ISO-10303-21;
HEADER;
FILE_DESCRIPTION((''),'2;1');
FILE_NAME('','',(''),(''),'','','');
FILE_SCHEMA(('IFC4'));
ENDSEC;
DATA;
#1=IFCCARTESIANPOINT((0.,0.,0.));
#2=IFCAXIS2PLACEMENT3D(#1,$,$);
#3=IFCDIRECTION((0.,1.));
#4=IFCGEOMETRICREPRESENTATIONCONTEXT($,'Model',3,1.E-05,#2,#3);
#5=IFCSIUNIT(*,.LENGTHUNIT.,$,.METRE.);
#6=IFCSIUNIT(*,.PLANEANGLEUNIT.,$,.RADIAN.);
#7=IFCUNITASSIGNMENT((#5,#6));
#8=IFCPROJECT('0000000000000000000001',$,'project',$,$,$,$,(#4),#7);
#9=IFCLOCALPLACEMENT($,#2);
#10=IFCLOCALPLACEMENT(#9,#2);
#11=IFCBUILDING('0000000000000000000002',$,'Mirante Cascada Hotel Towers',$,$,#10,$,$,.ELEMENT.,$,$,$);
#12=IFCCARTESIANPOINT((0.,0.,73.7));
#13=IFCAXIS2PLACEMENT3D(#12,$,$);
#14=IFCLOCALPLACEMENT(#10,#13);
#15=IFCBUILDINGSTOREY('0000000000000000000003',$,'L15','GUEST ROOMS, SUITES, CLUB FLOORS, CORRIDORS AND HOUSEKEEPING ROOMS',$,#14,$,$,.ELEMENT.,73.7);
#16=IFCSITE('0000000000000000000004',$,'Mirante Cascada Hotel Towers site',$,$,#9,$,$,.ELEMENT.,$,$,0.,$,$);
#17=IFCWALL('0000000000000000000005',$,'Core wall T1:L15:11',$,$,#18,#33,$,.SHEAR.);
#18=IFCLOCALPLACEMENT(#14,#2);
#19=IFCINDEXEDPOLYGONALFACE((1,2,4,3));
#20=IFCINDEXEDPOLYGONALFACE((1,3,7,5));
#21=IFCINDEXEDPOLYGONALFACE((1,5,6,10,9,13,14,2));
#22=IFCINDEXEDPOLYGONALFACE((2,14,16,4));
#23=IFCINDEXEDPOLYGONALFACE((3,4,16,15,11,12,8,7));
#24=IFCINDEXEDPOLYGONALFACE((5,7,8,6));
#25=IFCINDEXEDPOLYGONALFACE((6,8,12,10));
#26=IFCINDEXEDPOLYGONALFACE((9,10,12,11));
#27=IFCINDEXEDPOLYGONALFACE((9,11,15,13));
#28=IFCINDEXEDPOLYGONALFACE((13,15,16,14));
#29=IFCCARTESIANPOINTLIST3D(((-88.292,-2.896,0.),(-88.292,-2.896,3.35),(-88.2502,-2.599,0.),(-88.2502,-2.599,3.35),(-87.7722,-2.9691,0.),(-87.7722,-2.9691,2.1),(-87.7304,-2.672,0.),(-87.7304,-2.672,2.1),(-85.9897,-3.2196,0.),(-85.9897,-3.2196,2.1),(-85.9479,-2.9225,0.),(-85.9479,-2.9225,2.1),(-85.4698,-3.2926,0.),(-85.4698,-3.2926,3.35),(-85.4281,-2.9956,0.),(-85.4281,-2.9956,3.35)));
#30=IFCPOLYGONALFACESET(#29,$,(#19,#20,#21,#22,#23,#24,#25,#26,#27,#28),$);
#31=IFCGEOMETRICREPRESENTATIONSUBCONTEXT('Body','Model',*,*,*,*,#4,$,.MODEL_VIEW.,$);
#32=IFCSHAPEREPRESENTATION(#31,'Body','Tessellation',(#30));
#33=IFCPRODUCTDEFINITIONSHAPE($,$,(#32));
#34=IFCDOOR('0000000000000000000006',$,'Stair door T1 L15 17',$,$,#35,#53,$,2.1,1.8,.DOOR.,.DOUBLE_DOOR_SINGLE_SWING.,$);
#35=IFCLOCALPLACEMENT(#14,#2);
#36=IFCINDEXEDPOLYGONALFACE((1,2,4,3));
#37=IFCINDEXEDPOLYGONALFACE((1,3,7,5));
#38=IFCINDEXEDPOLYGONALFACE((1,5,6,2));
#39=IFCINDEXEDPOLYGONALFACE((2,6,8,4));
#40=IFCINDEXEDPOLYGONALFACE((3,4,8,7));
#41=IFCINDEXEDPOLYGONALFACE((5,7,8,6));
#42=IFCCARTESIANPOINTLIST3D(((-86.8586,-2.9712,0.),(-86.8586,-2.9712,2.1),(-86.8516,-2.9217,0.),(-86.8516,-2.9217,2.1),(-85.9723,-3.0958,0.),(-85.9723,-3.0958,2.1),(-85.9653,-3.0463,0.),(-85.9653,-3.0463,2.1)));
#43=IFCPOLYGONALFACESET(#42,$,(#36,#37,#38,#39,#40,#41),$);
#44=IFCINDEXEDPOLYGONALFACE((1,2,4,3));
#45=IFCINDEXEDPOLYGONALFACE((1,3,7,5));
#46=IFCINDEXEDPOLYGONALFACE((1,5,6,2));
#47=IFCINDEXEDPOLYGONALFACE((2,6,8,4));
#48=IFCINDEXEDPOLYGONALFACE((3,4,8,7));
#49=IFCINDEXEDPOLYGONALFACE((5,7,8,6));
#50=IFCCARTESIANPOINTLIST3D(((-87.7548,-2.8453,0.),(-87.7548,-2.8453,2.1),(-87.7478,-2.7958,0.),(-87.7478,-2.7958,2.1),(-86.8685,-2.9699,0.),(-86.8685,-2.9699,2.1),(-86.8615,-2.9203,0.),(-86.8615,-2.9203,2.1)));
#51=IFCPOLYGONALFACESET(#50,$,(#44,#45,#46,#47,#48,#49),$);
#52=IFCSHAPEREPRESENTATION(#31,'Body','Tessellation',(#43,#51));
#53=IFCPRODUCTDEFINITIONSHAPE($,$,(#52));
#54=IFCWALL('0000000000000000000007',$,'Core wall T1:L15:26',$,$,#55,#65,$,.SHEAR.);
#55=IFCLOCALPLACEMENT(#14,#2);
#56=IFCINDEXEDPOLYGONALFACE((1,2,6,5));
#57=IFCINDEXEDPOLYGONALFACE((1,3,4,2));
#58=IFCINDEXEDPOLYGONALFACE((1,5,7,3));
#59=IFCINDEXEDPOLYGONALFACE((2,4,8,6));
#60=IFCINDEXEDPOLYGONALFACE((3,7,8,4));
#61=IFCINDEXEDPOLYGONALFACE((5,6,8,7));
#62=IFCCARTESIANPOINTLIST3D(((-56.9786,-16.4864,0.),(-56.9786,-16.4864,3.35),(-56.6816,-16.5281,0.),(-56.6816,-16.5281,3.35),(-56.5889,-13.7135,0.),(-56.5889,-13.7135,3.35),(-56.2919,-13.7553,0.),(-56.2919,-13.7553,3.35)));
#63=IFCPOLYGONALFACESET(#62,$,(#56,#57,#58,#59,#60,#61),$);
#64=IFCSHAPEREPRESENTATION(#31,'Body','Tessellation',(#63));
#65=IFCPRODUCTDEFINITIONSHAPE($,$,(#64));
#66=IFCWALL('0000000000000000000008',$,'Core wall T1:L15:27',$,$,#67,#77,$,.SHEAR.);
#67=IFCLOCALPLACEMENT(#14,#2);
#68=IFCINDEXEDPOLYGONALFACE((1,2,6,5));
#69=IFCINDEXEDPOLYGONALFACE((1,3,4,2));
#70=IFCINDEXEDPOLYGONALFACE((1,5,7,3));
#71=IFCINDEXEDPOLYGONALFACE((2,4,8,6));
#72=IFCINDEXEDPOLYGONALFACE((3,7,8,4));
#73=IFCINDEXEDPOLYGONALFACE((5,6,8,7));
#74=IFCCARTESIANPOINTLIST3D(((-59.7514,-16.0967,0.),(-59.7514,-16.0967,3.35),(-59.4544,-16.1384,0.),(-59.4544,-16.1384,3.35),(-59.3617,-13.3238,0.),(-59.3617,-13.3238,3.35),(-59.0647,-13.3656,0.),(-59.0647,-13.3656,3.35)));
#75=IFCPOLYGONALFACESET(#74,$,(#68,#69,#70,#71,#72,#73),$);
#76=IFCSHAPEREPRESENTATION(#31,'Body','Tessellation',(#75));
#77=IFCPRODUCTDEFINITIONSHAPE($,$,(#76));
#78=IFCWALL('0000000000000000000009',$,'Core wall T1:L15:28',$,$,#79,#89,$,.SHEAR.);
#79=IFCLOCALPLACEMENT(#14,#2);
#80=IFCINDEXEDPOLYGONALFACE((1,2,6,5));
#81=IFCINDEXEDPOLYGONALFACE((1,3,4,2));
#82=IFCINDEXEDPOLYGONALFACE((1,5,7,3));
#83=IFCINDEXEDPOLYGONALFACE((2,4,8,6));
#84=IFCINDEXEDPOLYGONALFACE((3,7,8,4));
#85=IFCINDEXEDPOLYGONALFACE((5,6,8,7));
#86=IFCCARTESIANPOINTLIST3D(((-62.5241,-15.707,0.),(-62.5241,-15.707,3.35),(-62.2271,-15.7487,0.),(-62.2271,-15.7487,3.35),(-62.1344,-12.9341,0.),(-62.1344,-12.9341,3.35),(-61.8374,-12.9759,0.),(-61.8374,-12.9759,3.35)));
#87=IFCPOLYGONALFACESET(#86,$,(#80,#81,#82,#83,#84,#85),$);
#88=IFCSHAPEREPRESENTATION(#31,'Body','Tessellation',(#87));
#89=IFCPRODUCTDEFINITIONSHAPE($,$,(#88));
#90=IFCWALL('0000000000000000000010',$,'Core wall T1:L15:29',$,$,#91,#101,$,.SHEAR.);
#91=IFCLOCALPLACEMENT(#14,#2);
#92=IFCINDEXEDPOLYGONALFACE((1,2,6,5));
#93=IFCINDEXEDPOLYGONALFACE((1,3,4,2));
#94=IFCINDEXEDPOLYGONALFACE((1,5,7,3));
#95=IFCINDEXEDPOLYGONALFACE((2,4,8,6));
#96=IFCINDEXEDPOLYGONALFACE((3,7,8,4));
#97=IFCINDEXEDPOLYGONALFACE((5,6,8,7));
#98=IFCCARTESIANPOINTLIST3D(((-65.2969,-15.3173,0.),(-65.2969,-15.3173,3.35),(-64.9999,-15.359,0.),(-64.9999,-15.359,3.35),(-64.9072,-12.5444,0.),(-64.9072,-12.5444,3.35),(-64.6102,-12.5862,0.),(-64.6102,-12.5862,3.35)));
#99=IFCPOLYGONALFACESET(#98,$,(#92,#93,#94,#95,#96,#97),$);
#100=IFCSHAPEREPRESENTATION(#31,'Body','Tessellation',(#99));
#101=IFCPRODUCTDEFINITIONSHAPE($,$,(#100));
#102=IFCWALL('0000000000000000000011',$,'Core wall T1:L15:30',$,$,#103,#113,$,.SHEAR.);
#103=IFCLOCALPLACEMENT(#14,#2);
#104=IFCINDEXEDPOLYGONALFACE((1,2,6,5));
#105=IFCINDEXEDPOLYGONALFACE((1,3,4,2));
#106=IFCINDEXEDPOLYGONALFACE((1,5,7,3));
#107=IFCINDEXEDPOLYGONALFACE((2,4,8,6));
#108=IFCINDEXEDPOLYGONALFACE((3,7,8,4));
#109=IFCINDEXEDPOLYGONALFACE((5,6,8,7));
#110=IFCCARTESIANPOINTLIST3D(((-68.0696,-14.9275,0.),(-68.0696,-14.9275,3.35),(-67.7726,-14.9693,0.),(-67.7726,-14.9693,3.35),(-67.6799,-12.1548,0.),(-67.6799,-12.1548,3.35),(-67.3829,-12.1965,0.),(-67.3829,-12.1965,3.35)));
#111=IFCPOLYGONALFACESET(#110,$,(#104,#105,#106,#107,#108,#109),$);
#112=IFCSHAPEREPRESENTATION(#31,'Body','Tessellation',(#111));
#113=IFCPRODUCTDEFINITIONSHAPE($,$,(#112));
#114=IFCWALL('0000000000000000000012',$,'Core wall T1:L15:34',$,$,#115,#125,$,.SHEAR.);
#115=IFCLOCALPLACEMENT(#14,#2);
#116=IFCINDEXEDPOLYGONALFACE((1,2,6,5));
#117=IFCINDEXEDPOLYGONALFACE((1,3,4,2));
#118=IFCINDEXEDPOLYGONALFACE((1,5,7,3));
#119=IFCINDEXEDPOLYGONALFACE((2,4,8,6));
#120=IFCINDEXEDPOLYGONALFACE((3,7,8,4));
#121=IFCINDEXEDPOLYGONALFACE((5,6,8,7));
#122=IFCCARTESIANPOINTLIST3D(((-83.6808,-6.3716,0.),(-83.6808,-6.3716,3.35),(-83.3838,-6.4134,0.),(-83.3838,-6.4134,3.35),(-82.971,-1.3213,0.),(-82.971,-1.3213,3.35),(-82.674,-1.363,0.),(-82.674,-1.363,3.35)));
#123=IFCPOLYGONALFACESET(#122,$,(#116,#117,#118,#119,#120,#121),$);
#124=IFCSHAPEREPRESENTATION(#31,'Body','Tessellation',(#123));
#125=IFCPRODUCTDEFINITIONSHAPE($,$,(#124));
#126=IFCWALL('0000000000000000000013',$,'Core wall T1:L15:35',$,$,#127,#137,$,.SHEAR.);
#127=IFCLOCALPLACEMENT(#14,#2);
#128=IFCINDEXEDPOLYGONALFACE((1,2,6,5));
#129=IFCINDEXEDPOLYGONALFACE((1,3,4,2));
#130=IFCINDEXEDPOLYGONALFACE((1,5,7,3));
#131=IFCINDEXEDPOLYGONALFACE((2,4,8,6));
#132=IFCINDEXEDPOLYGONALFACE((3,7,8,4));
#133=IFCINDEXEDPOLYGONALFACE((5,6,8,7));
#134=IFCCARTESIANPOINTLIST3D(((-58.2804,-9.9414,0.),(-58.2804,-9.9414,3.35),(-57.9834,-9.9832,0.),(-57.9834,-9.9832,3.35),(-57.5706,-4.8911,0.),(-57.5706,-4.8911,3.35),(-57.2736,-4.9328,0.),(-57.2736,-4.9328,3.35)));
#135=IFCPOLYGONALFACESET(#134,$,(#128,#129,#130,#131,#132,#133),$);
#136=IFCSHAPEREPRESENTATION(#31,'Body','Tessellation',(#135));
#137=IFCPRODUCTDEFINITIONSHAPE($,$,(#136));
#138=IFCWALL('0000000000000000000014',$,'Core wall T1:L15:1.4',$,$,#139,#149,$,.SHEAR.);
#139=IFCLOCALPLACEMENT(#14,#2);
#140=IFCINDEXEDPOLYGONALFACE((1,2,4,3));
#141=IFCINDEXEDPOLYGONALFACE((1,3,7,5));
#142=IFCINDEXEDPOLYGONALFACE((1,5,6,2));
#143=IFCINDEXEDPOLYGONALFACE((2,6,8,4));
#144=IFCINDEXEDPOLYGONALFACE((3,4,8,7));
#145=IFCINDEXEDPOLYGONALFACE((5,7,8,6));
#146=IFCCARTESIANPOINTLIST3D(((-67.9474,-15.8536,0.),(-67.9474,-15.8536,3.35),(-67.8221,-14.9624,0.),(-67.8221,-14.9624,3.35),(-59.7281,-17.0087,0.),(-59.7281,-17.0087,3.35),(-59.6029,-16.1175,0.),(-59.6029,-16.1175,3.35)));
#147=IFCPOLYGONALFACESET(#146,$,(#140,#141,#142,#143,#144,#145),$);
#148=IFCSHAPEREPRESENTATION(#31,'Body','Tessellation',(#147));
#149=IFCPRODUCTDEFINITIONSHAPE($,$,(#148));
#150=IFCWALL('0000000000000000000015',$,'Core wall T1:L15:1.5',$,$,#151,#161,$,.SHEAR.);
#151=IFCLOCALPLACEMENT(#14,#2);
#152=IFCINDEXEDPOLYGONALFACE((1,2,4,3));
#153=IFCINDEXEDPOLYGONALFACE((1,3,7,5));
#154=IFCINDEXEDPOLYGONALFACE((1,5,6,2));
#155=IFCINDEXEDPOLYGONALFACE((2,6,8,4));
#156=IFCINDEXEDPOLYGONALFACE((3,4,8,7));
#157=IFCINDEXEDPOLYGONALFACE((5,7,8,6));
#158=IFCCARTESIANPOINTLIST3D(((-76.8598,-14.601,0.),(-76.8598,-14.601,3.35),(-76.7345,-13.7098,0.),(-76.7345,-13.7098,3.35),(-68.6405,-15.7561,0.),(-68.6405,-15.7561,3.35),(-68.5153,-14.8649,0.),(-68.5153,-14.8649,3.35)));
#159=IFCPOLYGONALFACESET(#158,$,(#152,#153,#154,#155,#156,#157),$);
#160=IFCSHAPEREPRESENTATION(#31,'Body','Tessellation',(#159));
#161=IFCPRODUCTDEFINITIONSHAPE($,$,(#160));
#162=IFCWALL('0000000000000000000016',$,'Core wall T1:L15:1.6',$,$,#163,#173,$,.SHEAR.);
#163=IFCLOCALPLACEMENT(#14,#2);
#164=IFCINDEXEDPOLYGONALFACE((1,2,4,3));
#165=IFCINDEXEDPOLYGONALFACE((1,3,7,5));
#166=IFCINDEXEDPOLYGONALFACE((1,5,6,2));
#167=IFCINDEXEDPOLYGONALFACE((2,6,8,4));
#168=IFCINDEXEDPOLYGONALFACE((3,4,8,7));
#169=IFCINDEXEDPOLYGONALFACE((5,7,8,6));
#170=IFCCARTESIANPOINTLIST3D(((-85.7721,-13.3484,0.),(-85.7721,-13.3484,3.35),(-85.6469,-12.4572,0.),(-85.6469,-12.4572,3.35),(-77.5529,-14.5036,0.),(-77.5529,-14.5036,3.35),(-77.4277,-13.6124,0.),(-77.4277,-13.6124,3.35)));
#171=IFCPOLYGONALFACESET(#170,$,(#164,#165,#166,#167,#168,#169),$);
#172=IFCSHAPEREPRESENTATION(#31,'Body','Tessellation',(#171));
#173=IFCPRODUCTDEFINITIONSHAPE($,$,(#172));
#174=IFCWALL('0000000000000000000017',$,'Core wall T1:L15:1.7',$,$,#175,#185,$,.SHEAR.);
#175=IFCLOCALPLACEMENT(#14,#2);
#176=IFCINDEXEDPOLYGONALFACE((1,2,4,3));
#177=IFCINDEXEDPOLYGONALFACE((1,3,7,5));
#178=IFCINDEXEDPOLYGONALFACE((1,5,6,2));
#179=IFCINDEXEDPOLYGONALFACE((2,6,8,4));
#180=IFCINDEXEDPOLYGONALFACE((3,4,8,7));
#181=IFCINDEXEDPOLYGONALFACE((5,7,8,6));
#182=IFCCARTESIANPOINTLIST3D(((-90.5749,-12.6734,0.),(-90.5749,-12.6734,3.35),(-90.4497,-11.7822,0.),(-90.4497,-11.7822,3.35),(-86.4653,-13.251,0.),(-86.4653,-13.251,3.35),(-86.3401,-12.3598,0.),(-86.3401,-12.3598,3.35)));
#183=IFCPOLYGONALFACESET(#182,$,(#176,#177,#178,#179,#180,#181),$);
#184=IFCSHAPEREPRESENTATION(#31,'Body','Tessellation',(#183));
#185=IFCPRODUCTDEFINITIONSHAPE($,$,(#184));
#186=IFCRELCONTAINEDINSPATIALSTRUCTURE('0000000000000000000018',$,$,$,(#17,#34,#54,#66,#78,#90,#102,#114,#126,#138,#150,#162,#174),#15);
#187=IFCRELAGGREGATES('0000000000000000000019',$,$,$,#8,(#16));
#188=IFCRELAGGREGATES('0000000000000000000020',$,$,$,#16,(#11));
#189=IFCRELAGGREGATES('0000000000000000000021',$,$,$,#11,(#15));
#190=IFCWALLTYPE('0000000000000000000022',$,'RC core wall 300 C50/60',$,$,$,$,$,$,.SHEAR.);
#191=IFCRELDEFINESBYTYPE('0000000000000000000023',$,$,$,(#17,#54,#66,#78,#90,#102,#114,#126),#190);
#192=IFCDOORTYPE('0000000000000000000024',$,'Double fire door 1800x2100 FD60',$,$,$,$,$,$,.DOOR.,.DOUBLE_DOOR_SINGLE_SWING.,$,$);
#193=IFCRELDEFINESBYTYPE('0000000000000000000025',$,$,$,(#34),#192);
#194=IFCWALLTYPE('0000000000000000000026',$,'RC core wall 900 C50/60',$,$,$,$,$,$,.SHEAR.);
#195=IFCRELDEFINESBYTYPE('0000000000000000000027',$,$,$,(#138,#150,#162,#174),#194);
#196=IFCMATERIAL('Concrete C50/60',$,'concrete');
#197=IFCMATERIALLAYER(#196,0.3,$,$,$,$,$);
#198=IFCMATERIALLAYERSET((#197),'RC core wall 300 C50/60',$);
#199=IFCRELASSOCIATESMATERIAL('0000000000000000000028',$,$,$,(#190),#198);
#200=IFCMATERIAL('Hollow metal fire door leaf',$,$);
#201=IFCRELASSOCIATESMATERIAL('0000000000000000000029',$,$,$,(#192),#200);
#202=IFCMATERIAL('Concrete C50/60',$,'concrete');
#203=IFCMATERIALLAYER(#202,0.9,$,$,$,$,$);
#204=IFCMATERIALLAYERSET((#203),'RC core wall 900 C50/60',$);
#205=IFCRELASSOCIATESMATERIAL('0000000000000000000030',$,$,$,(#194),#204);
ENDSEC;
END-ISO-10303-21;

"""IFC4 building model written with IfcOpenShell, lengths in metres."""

from ifc_helpers import new_model, si_unit, direction, frame, frame_2d, origin, place, context, subcontext, project, spatial, rectangle, extrude, material, layer, layer_set, type_object, element, fill, save


model = new_model("IFC4")

# Units and contexts
model_context = context("Model", 3, precision=1e-05, world=origin(), true_north=direction((0.0, 1.0)))
body_context = subcontext(model_context, "Body", "Model", "MODEL_VIEW")
ifc_project = project(units=[si_unit("LENGTHUNIT", "METRE"), si_unit("PLANEANGLEUNIT", "RADIAN")], contexts=[model_context])

# Site, building, storey
site_placement = place(None, origin())
site = spatial("IfcSite", under=ifc_project, at=site_placement, Name="Mirante Cascada Hotel Towers site", CompositionType="ELEMENT", RefElevation=0.0)
building_placement = place(site_placement, origin())
building = spatial("IfcBuilding", under=site, at=building_placement, Name="Mirante Cascada Hotel Towers", CompositionType="ELEMENT")
storey_placement = place(building_placement, frame((0.0, 0.0, 73.7)))
storey = spatial("IfcBuildingStorey", under=building, at=storey_placement, Name="L15", Description="GUEST ROOMS, SUITES, CLUB FLOORS, CORRIDORS AND HOUSEKEEPING ROOMS", CompositionType="ELEMENT", Elevation=73.7)

# Shared definitions
ifc_material_1 = material(Name="Concrete C50/60", Category="concrete")
ifc_layer_1 = layer(ifc_material_1, 0.3)
ifc_layer_set_1 = layer_set([ifc_layer_1], Name="RC core wall 300 C50/60")
wall_type_1 = type_object("IfcWallType", Name="RC core wall 300 C50/60", PredefinedType="SHEAR", material=ifc_layer_set_1)

# Wall, opening, door
wall_1_placement = place(storey_placement, frame((-85.4489, -3.1441, 0.0), z_axis=(0.0, 0.0, 1.0), x_axis=(-0.99027, 0.139161, 0.0)))
wall_1 = element("IfcWall", 1, at=wall_1_placement, inside=storey, type_object=wall_type_1, Name="Core wall T1:L15:11", PredefinedType="SHEAR", context=body_context, shape_type="SweptSolid", body=[
    extrude(rectangle(XDim=2.8499, YDim=0.3, at=frame_2d((1.425, 0.0))), origin(), (0.0, 0.0, 1.0), 3.35),
])
opening_placement = place(wall_1_placement, frame((0.525, 0.0, 0.0)))
opening = element("IfcOpeningElement", 2, at=opening_placement, cuts=wall_1, PredefinedType="OPENING", context=body_context, shape_type="SweptSolid", body=[
    extrude(rectangle(XDim=1.8, YDim=2.1, at=frame_2d((0.9, 1.05))), frame((0.0, 0.15, 0.0), z_axis=(0.0, -1.0, 0.0), x_axis=(1.0, 0.0, 0.0)), (0.0, 0.0, 1.0), 0.3),
])
ifc_material_2 = material(Name="Hollow metal fire door leaf")
door_type = type_object("IfcDoorType", Name="Double fire door 1800x2100 FD60", OperationType="DOUBLE_DOOR_SINGLE_SWING", PredefinedType="DOOR", material=ifc_material_2)
door_placement = place(opening_placement, origin())
door = element("IfcDoor", 3, at=door_placement, inside=storey, type_object=door_type, Name="Stair door T1 L15 17", OperationType="DOUBLE_DOOR_SINGLE_SWING", OverallHeight=2.1, OverallWidth=1.8, PredefinedType="DOOR", context=body_context, shape_type="SweptSolid", body=[
    extrude(rectangle(XDim=0.895, YDim=2.1, at=frame_2d((0.4475, 1.05))), frame((0.0, 0.025, 0.0), z_axis=(0.0, -1.0, 0.0), x_axis=(1.0, 0.0, 0.0)), (0.0, 0.0, 1.0), 0.05),
    extrude(rectangle(XDim=0.895, YDim=2.1, at=frame_2d((1.3525, 1.05))), frame((0.0, 0.025, 0.0), z_axis=(0.0, -1.0, 0.0), x_axis=(1.0, 0.0, 0.0)), (0.0, 0.0, 1.0), 0.05),
])
fill(opening, door)

# Walls
for number, where, z_axis, x_axis, name in (
    (4, (-56.8301, -16.5072, 0.0), (0.0, 0.0, 1.0), (0.139176, 0.990268, 0.0), "Core wall T1:L15:26"),
    (5, (-59.6029, -16.1175, 0.0), (0.0, 0.0, 1.0), (0.139176, 0.990268, 0.0), "Core wall T1:L15:27"),
    (6, (-62.3756, -15.7278, 0.0), (0.0, 0.0, 1.0), (0.139176, 0.990268, 0.0), "Core wall T1:L15:28"),
    (7, (-65.1484, -15.3381, 0.0), (0.0, 0.0, 1.0), (0.139176, 0.990268, 0.0), "Core wall T1:L15:29"),
):
    element("IfcWall", number, at=place(storey_placement, frame(where, z_axis=z_axis, x_axis=x_axis)), inside=storey, type_object=wall_type_1, Name=name, PredefinedType="SHEAR", context=body_context, shape_type="SweptSolid", body=[
        extrude(rectangle(XDim=2.8001, YDim=0.3, at=frame_2d((1.4, 0.0))), origin(), (0.0, 0.0, 1.0), 3.35),
    ])
wall_2_placement = place(storey_placement, frame((-67.9211, -14.9484, 0.0), z_axis=(0.0, 0.0, 1.0), x_axis=(0.139181, 0.990267, 0.0)))
element("IfcWall", 8, at=wall_2_placement, inside=storey, type_object=wall_type_1, Name="Core wall T1:L15:30", PredefinedType="SHEAR", context=body_context, shape_type="SweptSolid", body=[
    extrude(rectangle(XDim=2.8, YDim=0.3, at=frame_2d((1.4, 0.0))), origin(), (0.0, 0.0, 1.0), 3.35),
])
for number, where, z_axis, x_axis, name in (
    (9, (-83.5323, -6.3925, 0.0), (0.0, 0.0, 1.0), (0.139176, 0.990268, 0.0), "Core wall T1:L15:34"),
    (10, (-58.1319, -9.9623, 0.0), (0.0, 0.0, 1.0), (0.139176, 0.990268, 0.0), "Core wall T1:L15:35"),
):
    element("IfcWall", number, at=place(storey_placement, frame(where, z_axis=z_axis, x_axis=x_axis)), inside=storey, type_object=wall_type_1, Name=name, PredefinedType="SHEAR", context=body_context, shape_type="SweptSolid", body=[
        extrude(rectangle(XDim=5.1, YDim=0.3, at=frame_2d((2.55, 0.0))), origin(), (0.0, 0.0, 1.0), 3.35),
    ])
ifc_material_3 = material(Name="Concrete C50/60", Category="concrete")
ifc_layer_2 = layer(ifc_material_3, 0.9)
ifc_layer_set_2 = layer_set([ifc_layer_2], Name="RC core wall 900 C50/60")
wall_type_2 = type_object("IfcWallType", Name="RC core wall 900 C50/60", PredefinedType="SHEAR", material=ifc_layer_set_2)
for number, where, z_axis, x_axis, name in (
    (11, (-59.6655, -16.5631, 0.0), (0.0, 0.0, 1.0), (-0.990269, 0.139169, 0.0), "Core wall T1:L15:1.4"),
    (12, (-68.5779, -15.3105, 0.0), (0.0, 0.0, 1.0), (-0.990269, 0.139169, 0.0), "Core wall T1:L15:1.5"),
    (13, (-77.4903, -14.058, 0.0), (0.0, 0.0, 1.0), (-0.990267, 0.139181, 0.0), "Core wall T1:L15:1.6"),
):
    element("IfcWall", number, at=place(storey_placement, frame(where, z_axis=z_axis, x_axis=x_axis)), inside=storey, type_object=wall_type_2, Name=name, PredefinedType="SHEAR", context=body_context, shape_type="SweptSolid", body=[
        extrude(rectangle(XDim=8.3, YDim=0.9, at=frame_2d((4.15, 0.0))), origin(), (0.0, 0.0, 1.0), 3.35),
    ])
wall_3_placement = place(storey_placement, frame((-86.4027, -12.8054, 0.0), z_axis=(0.0, 0.0, 1.0), x_axis=(-0.990267, 0.139181, 0.0)))
element("IfcWall", 14, at=wall_3_placement, inside=storey, type_object=wall_type_2, Name="Core wall T1:L15:1.7", PredefinedType="SHEAR", context=body_context, shape_type="SweptSolid", body=[
    extrude(rectangle(XDim=4.15, YDim=0.9, at=frame_2d((2.075, 0.0))), origin(), (0.0, 0.0, 1.0), 3.35),
])

save(model, "model.ifc")
